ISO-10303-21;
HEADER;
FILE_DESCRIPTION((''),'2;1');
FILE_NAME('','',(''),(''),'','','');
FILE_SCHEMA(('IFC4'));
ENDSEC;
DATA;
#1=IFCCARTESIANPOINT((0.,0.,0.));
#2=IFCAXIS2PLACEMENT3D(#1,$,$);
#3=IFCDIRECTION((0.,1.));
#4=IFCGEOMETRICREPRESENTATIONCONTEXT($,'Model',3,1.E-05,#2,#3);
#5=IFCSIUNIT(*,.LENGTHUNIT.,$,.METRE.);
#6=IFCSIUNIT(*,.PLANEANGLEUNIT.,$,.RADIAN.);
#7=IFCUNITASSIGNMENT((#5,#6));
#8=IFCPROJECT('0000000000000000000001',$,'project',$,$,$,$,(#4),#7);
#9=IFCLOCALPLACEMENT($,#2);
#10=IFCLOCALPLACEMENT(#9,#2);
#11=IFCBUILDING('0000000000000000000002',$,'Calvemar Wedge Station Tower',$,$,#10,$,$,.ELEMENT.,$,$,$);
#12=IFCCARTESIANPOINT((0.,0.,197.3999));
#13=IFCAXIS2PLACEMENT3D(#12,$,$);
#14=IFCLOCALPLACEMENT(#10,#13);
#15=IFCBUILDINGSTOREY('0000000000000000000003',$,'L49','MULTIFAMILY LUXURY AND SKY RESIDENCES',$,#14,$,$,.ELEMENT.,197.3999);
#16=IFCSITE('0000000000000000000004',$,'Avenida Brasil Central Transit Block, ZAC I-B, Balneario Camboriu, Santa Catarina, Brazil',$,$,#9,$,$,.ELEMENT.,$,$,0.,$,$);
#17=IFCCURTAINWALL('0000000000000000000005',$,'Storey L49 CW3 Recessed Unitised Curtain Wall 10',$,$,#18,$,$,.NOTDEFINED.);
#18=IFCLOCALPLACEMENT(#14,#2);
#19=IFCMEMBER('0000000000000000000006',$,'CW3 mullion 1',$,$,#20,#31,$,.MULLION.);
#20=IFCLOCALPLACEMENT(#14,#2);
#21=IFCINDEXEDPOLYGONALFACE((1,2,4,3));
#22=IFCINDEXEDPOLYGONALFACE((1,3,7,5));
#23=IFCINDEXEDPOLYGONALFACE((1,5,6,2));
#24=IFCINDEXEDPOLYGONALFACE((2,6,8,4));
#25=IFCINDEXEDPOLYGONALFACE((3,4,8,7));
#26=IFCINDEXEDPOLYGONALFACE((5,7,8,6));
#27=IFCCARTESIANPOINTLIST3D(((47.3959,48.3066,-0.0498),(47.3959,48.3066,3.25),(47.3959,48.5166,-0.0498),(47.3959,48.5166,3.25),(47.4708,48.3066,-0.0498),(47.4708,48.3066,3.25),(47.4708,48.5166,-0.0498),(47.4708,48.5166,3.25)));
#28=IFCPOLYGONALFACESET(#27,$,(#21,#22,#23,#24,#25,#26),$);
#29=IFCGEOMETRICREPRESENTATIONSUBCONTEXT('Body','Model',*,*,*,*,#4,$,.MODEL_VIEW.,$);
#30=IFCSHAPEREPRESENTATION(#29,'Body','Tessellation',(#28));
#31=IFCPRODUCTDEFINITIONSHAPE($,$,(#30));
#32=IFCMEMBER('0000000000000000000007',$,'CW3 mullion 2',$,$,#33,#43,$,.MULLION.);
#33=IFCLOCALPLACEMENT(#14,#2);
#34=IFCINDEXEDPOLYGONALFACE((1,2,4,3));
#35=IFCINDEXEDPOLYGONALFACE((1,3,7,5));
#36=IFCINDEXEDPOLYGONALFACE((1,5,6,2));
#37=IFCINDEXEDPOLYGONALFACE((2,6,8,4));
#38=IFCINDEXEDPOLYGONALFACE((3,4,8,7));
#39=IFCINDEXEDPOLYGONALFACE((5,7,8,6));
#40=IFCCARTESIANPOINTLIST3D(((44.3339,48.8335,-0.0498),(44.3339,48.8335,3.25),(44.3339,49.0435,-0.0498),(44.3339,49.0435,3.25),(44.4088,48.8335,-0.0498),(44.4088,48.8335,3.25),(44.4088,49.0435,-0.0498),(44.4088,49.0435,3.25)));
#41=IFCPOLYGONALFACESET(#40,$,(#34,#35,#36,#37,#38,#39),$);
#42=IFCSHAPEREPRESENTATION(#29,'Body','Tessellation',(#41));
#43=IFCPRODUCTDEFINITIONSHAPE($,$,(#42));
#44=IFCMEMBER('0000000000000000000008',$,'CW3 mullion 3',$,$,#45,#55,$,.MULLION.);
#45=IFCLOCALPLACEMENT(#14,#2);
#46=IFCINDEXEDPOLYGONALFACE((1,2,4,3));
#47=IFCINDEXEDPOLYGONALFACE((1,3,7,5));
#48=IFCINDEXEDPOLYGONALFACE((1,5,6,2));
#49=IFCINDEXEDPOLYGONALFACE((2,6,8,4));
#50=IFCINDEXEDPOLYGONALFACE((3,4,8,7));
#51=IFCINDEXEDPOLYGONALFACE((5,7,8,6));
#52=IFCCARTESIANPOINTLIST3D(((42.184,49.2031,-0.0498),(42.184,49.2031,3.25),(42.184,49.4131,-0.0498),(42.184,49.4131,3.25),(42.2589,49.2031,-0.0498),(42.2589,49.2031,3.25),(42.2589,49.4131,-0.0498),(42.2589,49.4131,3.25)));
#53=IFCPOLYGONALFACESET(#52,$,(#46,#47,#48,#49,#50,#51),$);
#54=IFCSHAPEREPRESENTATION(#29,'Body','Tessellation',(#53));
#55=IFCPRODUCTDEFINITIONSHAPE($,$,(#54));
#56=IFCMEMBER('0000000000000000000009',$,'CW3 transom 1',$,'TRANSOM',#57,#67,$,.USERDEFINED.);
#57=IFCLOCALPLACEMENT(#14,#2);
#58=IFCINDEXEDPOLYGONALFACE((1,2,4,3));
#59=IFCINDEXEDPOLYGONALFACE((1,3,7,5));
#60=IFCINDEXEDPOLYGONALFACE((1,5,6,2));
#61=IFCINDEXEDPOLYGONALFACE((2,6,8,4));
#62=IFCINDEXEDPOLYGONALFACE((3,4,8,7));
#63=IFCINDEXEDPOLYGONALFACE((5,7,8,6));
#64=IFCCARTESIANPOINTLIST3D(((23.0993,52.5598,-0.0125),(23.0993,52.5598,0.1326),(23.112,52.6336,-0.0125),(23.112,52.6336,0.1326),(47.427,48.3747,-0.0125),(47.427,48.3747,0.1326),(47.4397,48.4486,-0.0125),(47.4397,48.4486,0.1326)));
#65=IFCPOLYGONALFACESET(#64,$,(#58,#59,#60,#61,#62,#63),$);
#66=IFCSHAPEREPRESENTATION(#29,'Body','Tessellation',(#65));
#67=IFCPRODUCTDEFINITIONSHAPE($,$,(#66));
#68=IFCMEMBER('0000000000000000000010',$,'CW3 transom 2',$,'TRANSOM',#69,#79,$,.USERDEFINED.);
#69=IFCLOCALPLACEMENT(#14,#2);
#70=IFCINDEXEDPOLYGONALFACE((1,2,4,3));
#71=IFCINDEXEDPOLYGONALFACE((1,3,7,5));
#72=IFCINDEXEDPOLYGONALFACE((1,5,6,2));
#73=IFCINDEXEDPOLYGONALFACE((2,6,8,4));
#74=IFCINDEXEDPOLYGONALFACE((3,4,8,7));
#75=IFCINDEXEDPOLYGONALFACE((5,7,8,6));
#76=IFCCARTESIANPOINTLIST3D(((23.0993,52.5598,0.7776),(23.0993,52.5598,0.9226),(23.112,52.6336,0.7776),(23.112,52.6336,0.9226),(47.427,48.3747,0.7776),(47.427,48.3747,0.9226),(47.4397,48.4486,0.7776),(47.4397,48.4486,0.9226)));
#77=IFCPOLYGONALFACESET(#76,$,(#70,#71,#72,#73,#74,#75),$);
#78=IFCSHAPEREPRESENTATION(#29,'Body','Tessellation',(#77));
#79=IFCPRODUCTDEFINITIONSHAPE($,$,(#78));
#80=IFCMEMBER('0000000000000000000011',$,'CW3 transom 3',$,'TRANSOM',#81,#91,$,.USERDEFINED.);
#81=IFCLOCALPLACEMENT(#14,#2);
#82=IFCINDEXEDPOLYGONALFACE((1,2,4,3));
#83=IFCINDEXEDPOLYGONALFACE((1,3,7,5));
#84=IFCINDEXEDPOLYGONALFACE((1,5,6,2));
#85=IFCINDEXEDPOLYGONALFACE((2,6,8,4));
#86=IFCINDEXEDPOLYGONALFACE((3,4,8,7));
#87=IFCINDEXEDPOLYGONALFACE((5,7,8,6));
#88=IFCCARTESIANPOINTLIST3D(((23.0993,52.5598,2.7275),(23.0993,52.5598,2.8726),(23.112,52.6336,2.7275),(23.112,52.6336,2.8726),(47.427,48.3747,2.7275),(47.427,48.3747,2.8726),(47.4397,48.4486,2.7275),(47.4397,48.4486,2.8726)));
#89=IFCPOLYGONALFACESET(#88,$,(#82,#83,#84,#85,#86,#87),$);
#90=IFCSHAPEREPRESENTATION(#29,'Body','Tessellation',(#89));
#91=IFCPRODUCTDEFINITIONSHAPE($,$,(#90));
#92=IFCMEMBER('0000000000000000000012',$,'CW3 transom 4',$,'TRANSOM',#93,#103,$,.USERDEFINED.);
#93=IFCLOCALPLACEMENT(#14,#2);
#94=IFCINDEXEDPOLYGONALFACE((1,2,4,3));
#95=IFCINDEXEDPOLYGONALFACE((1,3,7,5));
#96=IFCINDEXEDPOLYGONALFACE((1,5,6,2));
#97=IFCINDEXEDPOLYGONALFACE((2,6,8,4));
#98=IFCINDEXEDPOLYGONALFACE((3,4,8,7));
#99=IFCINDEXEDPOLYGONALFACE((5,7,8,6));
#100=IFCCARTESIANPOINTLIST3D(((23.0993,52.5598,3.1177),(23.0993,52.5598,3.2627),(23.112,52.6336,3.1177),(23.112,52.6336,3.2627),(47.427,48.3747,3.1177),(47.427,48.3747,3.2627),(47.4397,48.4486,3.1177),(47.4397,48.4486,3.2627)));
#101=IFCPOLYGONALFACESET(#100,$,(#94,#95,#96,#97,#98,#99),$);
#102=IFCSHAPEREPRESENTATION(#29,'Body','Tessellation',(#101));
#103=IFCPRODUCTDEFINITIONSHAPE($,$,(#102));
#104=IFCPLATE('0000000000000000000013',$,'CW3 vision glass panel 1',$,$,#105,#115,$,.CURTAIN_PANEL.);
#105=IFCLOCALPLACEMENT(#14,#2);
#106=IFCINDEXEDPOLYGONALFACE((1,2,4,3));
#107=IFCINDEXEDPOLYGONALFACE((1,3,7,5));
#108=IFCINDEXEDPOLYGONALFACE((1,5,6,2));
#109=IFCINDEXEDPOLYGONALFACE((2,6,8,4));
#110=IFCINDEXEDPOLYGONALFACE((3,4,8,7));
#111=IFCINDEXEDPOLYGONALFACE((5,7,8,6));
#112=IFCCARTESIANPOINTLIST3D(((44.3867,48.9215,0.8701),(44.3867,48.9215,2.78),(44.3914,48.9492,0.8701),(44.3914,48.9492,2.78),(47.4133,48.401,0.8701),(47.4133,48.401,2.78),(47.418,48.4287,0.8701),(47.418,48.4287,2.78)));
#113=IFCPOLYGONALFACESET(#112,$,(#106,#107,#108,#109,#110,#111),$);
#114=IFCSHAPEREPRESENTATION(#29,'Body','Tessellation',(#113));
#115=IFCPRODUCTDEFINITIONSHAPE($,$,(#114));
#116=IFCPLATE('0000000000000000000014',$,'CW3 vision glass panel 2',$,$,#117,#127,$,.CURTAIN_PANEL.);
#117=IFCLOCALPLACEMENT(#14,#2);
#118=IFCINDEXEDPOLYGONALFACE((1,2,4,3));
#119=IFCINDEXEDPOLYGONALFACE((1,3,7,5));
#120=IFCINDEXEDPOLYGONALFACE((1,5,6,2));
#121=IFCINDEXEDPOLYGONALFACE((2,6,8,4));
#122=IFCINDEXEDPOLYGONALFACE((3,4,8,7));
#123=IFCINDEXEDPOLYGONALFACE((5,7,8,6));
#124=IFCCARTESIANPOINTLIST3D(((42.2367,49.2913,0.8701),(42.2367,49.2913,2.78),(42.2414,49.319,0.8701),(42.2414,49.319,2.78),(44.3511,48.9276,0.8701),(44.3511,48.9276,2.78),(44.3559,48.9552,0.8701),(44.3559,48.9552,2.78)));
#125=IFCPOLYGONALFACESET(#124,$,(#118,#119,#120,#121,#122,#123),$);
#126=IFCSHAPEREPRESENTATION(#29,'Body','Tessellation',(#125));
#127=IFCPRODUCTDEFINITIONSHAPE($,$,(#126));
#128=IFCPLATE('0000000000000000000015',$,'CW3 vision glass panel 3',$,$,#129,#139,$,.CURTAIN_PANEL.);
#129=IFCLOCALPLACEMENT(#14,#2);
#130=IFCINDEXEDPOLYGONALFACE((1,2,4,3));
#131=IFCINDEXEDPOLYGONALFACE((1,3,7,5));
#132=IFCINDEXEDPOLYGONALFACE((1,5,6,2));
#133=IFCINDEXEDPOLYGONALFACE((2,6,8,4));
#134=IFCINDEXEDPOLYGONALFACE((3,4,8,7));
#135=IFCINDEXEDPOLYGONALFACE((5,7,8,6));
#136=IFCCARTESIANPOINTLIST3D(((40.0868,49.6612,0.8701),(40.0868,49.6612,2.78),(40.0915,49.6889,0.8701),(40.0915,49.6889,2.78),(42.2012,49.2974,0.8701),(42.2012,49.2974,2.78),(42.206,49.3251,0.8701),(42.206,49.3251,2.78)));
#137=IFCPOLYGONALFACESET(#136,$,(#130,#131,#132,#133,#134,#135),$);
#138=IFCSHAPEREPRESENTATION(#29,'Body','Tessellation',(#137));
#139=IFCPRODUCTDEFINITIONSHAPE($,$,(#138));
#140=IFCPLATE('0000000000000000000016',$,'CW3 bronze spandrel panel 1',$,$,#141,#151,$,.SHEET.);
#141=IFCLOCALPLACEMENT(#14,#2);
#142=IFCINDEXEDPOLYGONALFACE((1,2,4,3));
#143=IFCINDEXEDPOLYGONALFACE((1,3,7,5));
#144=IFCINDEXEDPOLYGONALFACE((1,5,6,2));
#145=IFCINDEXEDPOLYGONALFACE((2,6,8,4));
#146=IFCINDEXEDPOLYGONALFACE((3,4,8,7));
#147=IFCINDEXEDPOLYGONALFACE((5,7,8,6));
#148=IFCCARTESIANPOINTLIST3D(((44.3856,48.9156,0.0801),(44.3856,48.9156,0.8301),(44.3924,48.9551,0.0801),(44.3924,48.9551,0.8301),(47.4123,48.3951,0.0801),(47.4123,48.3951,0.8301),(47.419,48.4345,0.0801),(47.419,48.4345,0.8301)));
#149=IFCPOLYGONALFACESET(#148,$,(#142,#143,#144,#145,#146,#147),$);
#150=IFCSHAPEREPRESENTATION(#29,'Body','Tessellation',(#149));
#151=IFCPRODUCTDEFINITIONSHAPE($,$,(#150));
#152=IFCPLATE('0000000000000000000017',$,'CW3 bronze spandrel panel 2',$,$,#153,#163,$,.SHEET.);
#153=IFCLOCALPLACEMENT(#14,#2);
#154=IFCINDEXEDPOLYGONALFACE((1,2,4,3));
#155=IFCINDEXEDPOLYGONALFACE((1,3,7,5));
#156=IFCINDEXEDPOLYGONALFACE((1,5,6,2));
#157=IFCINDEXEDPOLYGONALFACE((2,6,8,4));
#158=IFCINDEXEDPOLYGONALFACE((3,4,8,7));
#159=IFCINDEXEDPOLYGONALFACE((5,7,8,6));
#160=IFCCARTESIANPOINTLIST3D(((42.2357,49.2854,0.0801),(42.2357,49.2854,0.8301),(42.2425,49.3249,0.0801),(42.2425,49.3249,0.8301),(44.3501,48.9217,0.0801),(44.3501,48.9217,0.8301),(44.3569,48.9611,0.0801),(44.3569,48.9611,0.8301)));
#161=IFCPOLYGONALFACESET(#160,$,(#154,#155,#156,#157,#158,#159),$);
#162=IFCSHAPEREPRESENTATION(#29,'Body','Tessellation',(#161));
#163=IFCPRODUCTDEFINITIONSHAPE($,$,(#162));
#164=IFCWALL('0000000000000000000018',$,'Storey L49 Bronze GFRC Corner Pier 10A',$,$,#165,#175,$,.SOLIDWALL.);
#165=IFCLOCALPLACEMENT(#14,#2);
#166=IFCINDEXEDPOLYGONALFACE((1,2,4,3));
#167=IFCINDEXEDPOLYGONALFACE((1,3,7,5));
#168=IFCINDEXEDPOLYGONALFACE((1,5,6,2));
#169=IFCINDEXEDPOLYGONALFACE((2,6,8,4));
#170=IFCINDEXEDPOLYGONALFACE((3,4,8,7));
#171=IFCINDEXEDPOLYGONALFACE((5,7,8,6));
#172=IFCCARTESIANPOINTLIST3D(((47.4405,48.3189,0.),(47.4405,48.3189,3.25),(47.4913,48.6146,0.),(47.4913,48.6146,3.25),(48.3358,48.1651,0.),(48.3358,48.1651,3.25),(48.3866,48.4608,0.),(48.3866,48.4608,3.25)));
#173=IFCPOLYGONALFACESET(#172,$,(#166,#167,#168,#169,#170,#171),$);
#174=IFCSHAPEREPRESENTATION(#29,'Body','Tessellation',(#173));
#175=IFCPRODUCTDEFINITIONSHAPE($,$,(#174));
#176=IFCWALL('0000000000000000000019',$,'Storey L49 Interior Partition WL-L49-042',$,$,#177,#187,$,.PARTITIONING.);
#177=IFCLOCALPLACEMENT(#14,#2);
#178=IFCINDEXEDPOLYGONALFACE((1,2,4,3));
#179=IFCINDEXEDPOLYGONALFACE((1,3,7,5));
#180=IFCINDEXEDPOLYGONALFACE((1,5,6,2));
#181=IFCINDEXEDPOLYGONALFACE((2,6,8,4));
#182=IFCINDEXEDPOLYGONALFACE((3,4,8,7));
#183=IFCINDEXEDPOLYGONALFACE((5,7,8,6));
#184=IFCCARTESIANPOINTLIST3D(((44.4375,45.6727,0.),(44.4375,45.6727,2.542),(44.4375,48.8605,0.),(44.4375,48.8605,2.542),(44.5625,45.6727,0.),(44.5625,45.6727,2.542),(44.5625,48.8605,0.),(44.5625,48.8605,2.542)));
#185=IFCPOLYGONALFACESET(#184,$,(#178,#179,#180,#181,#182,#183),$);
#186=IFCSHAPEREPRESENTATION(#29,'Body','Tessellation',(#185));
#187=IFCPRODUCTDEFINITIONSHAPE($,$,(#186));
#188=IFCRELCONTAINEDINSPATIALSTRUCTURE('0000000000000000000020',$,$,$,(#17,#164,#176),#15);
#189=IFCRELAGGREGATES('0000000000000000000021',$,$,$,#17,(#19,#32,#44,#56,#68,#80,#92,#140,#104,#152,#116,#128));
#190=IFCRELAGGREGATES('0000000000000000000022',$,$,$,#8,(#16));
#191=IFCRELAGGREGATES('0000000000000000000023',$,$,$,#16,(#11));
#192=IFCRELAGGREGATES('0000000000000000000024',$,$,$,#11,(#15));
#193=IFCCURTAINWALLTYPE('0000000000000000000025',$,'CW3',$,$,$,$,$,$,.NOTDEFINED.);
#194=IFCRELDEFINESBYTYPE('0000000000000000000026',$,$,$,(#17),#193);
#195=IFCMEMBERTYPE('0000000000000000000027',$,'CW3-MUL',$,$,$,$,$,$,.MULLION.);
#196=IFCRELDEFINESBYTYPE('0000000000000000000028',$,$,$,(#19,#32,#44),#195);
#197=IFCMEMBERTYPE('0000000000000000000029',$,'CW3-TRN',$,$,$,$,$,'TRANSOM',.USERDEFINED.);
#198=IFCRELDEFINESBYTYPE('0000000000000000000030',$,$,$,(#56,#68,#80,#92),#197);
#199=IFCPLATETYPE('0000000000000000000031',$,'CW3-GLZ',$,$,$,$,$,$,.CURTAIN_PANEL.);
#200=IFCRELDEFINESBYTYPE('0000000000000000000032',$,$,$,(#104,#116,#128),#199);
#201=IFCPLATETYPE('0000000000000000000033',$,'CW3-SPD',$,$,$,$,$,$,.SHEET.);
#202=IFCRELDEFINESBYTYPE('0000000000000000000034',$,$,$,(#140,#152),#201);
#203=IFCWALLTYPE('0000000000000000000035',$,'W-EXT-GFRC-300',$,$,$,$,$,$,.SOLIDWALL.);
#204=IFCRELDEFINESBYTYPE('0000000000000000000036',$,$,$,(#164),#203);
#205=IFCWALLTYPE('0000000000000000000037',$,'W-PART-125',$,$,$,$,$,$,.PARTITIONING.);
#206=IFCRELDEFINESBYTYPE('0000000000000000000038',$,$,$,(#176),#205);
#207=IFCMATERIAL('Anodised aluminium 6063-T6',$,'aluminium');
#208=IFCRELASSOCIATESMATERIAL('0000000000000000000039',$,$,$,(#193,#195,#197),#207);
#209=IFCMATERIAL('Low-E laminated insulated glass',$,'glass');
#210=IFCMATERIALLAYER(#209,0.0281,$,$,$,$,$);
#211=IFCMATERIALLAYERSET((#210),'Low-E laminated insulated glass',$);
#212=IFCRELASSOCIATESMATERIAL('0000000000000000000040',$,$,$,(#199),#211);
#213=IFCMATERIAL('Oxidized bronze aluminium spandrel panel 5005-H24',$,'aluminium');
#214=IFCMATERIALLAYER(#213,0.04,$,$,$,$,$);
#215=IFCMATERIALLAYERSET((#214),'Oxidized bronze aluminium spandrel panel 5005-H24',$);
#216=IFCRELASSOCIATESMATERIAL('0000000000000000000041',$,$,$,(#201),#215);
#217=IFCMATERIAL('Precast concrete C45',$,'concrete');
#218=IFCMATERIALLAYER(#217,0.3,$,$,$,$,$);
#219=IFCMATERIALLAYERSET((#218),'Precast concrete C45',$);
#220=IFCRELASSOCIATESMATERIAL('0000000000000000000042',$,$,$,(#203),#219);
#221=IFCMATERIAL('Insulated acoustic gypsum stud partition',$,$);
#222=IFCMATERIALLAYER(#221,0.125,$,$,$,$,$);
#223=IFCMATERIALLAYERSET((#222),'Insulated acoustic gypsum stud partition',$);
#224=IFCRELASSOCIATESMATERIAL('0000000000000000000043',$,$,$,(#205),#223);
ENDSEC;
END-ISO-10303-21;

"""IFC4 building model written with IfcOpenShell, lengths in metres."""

from ifc_helpers import new_model, si_unit, direction, frame, frame_2d, origin, origin_2d, place, context, subcontext, project, spatial, rectangle, extrude, source, transform, mapped, material, layer, layer_set, material_profile, profile_set, type_object, element, aggregate, save


model = new_model("IFC4")

# Units and contexts
model_context = context("Model", 3, precision=1e-05, world=origin(), true_north=direction((0.0, 1.0)))
body_context = subcontext(model_context, "Body", "Model", "MODEL_VIEW")
ifc_project = project(units=[si_unit("LENGTHUNIT", "METRE"), si_unit("PLANEANGLEUNIT", "RADIAN")], contexts=[model_context])

# Site, building, storey
site_placement = place(None, origin())
site = spatial("IfcSite", under=ifc_project, at=site_placement, Name="Avenida Brasil Central Transit Block, ZAC I-B, Balneario Camboriu, Santa Catarina, Brazil", CompositionType="ELEMENT", RefElevation=0.0)
building_placement = place(site_placement, origin())
building = spatial("IfcBuilding", under=site, at=building_placement, Name="Calvemar Wedge Station Tower", CompositionType="ELEMENT")
storey_placement = place(building_placement, frame((0.0, 0.0, 197.3999)))
storey = spatial("IfcBuildingStorey", under=building, at=storey_placement, Name="L49", Description="MULTIFAMILY LUXURY AND SKY RESIDENCES", CompositionType="ELEMENT", Elevation=197.3999)

# Curtain wall, members, plates
ifc_material_1 = material(Name="Anodised aluminium 6063-T6", Category="aluminium")
curtain_wall_type = type_object("IfcCurtainWallType", Name="CW3", PredefinedType="NOTDEFINED", material=ifc_material_1)
curtain_wall_placement = place(storey_placement, origin())
curtain_wall = element("IfcCurtainWall", 1, at=curtain_wall_placement, inside=storey, type_object=curtain_wall_type, Name="Storey L49 CW3 Recessed Unitised Curtain Wall 10", PredefinedType="NOTDEFINED")
ifc_material_profile_1 = material_profile(ifc_material_1, rectangle(XDim=0.075, YDim=0.21, at=origin_2d()), Name="AL-MUL-75x210")
ifc_profile_set_1 = profile_set([ifc_material_profile_1], Name="Anodised aluminium 6063-T6")
member_type_1 = type_object("IfcMemberType", Name="CW3-MUL", PredefinedType="MULLION", material=ifc_profile_set_1)
shared_shape_1 = source(origin(), body_context, "Body", "SweptSolid", [
    extrude(rectangle(XDim=0.075, YDim=0.21, at=origin_2d()), origin(), (0.0, 0.0, 1.0), 3.2998),
])
member_1_placement = place(storey_placement, frame((47.4333, 48.4116, -0.0498), z_axis=(0.0, 0.0, 1.0), x_axis=(1.0, 0.0, 0.0)))
member_1 = element("IfcMember", 2, at=member_1_placement, type_object=member_type_1, Name="CW3 mullion 1", PredefinedType="MULLION", context=body_context, shape_type="MappedRepresentation", body=[
    mapped(shared_shape_1, transform((0.0, 0.0, 0.0), scale=1.0)),
])
member_2_placement = place(storey_placement, frame((44.3713, 48.9385, -0.0498), z_axis=(0.0, 0.0, 1.0), x_axis=(1.0, 0.0, 0.0)))
member_2 = element("IfcMember", 3, at=member_2_placement, type_object=member_type_1, Name="CW3 mullion 2", PredefinedType="MULLION", context=body_context, shape_type="MappedRepresentation", body=[
    mapped(shared_shape_1, transform((0.0, 0.0, 0.0), scale=1.0)),
])
member_3_placement = place(storey_placement, frame((42.2214, 49.3081, -0.0498), z_axis=(0.0, 0.0, 1.0), x_axis=(1.0, 0.0, 0.0)))
member_3 = element("IfcMember", 4, at=member_3_placement, type_object=member_type_1, Name="CW3 mullion 3", PredefinedType="MULLION", context=body_context, shape_type="MappedRepresentation", body=[
    mapped(shared_shape_1, transform((0.0, 0.0, 0.0), scale=1.0)),
])
ifc_material_profile_2 = material_profile(ifc_material_1, rectangle(XDim=0.075, YDim=0.145, at=origin_2d()), Name="AL-TRN-75x145")
ifc_profile_set_2 = profile_set([ifc_material_profile_2], Name="Anodised aluminium 6063-T6")
member_type_2 = type_object("IfcMemberType", Name="CW3-TRN", ElementType="TRANSOM", PredefinedType="USERDEFINED", material=ifc_profile_set_2)
shared_shape_2 = source(origin(), body_context, "Body", "SweptSolid", [
    extrude(rectangle(XDim=0.075, YDim=0.145, at=origin_2d()), origin(), (0.0, 0.0, 1.0), 24.6851),
])
member_4_placement = place(storey_placement, frame((47.4333, 48.4116, 0.0601), z_axis=(-0.985524, 0.169539, 0.0), x_axis=(-0.169539, -0.985524, 0.0)))
member_4 = element("IfcMember", 5, at=member_4_placement, type_object=member_type_2, Name="CW3 transom 1", ObjectType="TRANSOM", PredefinedType="USERDEFINED", context=body_context, shape_type="MappedRepresentation", body=[
    mapped(shared_shape_2, transform((0.0, 0.0, 0.0), scale=1.0)),
])
member_5_placement = place(storey_placement, frame((47.4333, 48.4116, 0.8501), z_axis=(-0.985524, 0.169539, 0.0), x_axis=(-0.169539, -0.985524, 0.0)))
member_5 = element("IfcMember", 6, at=member_5_placement, type_object=member_type_2, Name="CW3 transom 2", ObjectType="TRANSOM", PredefinedType="USERDEFINED", context=body_context, shape_type="MappedRepresentation", body=[
    mapped(shared_shape_2, transform((0.0, 0.0, 0.0), scale=1.0)),
])
member_6_placement = place(storey_placement, frame((47.4333, 48.4116, 2.8), z_axis=(-0.985524, 0.169539, 0.0), x_axis=(-0.169539, -0.985524, 0.0)))
member_6 = element("IfcMember", 7, at=member_6_placement, type_object=member_type_2, Name="CW3 transom 3", ObjectType="TRANSOM", PredefinedType="USERDEFINED", context=body_context, shape_type="MappedRepresentation", body=[
    mapped(shared_shape_2, transform((0.0, 0.0, 0.0), scale=1.0)),
])
member_7_placement = place(storey_placement, frame((47.4333, 48.4116, 3.1902), z_axis=(-0.985524, 0.169539, 0.0), x_axis=(-0.169539, -0.985524, 0.0)))
member_7 = element("IfcMember", 8, at=member_7_placement, type_object=member_type_2, Name="CW3 transom 4", ObjectType="TRANSOM", PredefinedType="USERDEFINED", context=body_context, shape_type="MappedRepresentation", body=[
    mapped(shared_shape_2, transform((0.0, 0.0, 0.0), scale=1.0)),
])
ifc_material_2 = material(Name="Low-E laminated insulated glass", Category="glass")
ifc_layer_1 = layer(ifc_material_2, 0.0281)
ifc_layer_set_1 = layer_set([ifc_layer_1], Name="Low-E laminated insulated glass")
plate_type_1 = type_object("IfcPlateType", Name="CW3-GLZ", PredefinedType="CURTAIN_PANEL", material=ifc_layer_set_1)
plate_1_placement = place(storey_placement, frame((47.4158, 48.4148, 0.8701), z_axis=(0.0, 0.0, 1.0), x_axis=(-0.985532, 0.169489, 0.0)))
plate_1 = element("IfcPlate", 9, at=plate_1_placement, type_object=plate_type_1, Name="CW3 vision glass panel 1", PredefinedType="CURTAIN_PANEL", context=body_context, shape_type="SweptSolid", body=[
    extrude(rectangle(XDim=3.071, YDim=0.0281, at=frame_2d((1.5356, 0.0))), origin(), (0.0, 0.0, 1.0), 1.9099),
])
plate_2_placement = place(storey_placement, frame((44.3535, 48.9414, 0.8701), z_axis=(0.0, 0.0, 1.0), x_axis=(-0.985522, 0.169545, 0.0)))
plate_2 = element("IfcPlate", 10, at=plate_2_placement, type_object=plate_type_1, Name="CW3 vision glass panel 2", PredefinedType="CURTAIN_PANEL", context=body_context, shape_type="SweptSolid", body=[
    extrude(rectangle(XDim=2.1455, YDim=0.0281, at=frame_2d((1.0728, 0.0))), origin(), (0.0, 0.0, 1.0), 1.9099),
])
plate_3_placement = place(storey_placement, frame((42.2036, 49.3113, 0.8701), z_axis=(0.0, 0.0, 1.0), x_axis=(-0.985522, 0.169545, 0.0)))
plate_3 = element("IfcPlate", 11, at=plate_3_placement, type_object=plate_type_1, Name="CW3 vision glass panel 3", PredefinedType="CURTAIN_PANEL", context=body_context, shape_type="SweptSolid", body=[
    extrude(rectangle(XDim=2.1455, YDim=0.0281, at=frame_2d((1.0728, 0.0))), origin(), (0.0, 0.0, 1.0), 1.9099),
])
ifc_material_3 = material(Name="Oxidized bronze aluminium spandrel panel 5005-H24", Category="aluminium")
ifc_layer_2 = layer(ifc_material_3, 0.04)
ifc_layer_set_2 = layer_set([ifc_layer_2], Name="Oxidized bronze aluminium spandrel panel 5005-H24")
plate_type_2 = type_object("IfcPlateType", Name="CW3-SPD", PredefinedType="SHEET", material=ifc_layer_set_2)
plate_4_placement = place(storey_placement, frame((47.4158, 48.4148, 0.0801), z_axis=(0.0, 0.0, 1.0), x_axis=(-0.985532, 0.169489, 0.0)))
plate_4 = element("IfcPlate", 12, at=plate_4_placement, type_object=plate_type_2, Name="CW3 bronze spandrel panel 1", PredefinedType="SHEET", context=body_context, shape_type="SweptSolid", body=[
    extrude(rectangle(XDim=3.071, YDim=0.04, at=frame_2d((1.5356, 0.0))), origin(), (0.0, 0.0, 1.0), 0.75),
])
plate_5_placement = place(storey_placement, frame((44.3535, 48.9414, 0.0801), z_axis=(0.0, 0.0, 1.0), x_axis=(-0.985522, 0.169545, 0.0)))
plate_5 = element("IfcPlate", 13, at=plate_5_placement, type_object=plate_type_2, Name="CW3 bronze spandrel panel 2", PredefinedType="SHEET", context=body_context, shape_type="SweptSolid", body=[
    extrude(rectangle(XDim=2.1455, YDim=0.04, at=frame_2d((1.0728, 0.0))), origin(), (0.0, 0.0, 1.0), 0.75),
])
aggregate(curtain_wall, [member_1, member_2, member_3, member_4, member_5, member_6, member_7, plate_4, plate_1, plate_5, plate_2, plate_3])

# Walls
ifc_material_4 = material(Name="Precast concrete C45", Category="concrete")
ifc_layer_3 = layer(ifc_material_4, 0.3)
ifc_layer_set_3 = layer_set([ifc_layer_3], Name="Precast concrete C45")
wall_type_1 = type_object("IfcWallType", Name="W-EXT-GFRC-300", PredefinedType="SOLIDWALL", material=ifc_layer_set_3)
wall_1_placement = place(storey_placement, frame((48.3611, 48.313, 0.0), z_axis=(0.0, 0.0, 1.0), x_axis=(-0.985561, 0.169322, 0.0)))
element("IfcWall", 14, at=wall_1_placement, inside=storey, type_object=wall_type_1, Name="Storey L49 Bronze GFRC Corner Pier 10A", PredefinedType="SOLIDWALL", context=body_context, shape_type="SweptSolid", body=[
    extrude(rectangle(XDim=0.9084, YDim=0.3, at=frame_2d((0.4541, 0.0))), origin(), (0.0, 0.0, 1.0), 3.25),
])
ifc_material_5 = material(Name="Insulated acoustic gypsum stud partition")
ifc_layer_4 = layer(ifc_material_5, 0.125)
ifc_layer_set_4 = layer_set([ifc_layer_4], Name="Insulated acoustic gypsum stud partition")
wall_type_2 = type_object("IfcWallType", Name="W-PART-125", PredefinedType="PARTITIONING", material=ifc_layer_set_4)
wall_2_placement = place(storey_placement, frame((44.5, 48.8604, 0.0), z_axis=(0.0, 0.0, 1.0), x_axis=(0.0, -1.0, 0.0)))
element("IfcWall", 15, at=wall_2_placement, inside=storey, type_object=wall_type_2, Name="Storey L49 Interior Partition WL-L49-042", PredefinedType="PARTITIONING", context=body_context, shape_type="SweptSolid", body=[
    extrude(rectangle(XDim=3.1877, YDim=0.125, at=frame_2d((1.5938, 0.0))), origin(), (0.0, 0.0, 1.0), 2.542),
])

save(model, "model.ifc")
